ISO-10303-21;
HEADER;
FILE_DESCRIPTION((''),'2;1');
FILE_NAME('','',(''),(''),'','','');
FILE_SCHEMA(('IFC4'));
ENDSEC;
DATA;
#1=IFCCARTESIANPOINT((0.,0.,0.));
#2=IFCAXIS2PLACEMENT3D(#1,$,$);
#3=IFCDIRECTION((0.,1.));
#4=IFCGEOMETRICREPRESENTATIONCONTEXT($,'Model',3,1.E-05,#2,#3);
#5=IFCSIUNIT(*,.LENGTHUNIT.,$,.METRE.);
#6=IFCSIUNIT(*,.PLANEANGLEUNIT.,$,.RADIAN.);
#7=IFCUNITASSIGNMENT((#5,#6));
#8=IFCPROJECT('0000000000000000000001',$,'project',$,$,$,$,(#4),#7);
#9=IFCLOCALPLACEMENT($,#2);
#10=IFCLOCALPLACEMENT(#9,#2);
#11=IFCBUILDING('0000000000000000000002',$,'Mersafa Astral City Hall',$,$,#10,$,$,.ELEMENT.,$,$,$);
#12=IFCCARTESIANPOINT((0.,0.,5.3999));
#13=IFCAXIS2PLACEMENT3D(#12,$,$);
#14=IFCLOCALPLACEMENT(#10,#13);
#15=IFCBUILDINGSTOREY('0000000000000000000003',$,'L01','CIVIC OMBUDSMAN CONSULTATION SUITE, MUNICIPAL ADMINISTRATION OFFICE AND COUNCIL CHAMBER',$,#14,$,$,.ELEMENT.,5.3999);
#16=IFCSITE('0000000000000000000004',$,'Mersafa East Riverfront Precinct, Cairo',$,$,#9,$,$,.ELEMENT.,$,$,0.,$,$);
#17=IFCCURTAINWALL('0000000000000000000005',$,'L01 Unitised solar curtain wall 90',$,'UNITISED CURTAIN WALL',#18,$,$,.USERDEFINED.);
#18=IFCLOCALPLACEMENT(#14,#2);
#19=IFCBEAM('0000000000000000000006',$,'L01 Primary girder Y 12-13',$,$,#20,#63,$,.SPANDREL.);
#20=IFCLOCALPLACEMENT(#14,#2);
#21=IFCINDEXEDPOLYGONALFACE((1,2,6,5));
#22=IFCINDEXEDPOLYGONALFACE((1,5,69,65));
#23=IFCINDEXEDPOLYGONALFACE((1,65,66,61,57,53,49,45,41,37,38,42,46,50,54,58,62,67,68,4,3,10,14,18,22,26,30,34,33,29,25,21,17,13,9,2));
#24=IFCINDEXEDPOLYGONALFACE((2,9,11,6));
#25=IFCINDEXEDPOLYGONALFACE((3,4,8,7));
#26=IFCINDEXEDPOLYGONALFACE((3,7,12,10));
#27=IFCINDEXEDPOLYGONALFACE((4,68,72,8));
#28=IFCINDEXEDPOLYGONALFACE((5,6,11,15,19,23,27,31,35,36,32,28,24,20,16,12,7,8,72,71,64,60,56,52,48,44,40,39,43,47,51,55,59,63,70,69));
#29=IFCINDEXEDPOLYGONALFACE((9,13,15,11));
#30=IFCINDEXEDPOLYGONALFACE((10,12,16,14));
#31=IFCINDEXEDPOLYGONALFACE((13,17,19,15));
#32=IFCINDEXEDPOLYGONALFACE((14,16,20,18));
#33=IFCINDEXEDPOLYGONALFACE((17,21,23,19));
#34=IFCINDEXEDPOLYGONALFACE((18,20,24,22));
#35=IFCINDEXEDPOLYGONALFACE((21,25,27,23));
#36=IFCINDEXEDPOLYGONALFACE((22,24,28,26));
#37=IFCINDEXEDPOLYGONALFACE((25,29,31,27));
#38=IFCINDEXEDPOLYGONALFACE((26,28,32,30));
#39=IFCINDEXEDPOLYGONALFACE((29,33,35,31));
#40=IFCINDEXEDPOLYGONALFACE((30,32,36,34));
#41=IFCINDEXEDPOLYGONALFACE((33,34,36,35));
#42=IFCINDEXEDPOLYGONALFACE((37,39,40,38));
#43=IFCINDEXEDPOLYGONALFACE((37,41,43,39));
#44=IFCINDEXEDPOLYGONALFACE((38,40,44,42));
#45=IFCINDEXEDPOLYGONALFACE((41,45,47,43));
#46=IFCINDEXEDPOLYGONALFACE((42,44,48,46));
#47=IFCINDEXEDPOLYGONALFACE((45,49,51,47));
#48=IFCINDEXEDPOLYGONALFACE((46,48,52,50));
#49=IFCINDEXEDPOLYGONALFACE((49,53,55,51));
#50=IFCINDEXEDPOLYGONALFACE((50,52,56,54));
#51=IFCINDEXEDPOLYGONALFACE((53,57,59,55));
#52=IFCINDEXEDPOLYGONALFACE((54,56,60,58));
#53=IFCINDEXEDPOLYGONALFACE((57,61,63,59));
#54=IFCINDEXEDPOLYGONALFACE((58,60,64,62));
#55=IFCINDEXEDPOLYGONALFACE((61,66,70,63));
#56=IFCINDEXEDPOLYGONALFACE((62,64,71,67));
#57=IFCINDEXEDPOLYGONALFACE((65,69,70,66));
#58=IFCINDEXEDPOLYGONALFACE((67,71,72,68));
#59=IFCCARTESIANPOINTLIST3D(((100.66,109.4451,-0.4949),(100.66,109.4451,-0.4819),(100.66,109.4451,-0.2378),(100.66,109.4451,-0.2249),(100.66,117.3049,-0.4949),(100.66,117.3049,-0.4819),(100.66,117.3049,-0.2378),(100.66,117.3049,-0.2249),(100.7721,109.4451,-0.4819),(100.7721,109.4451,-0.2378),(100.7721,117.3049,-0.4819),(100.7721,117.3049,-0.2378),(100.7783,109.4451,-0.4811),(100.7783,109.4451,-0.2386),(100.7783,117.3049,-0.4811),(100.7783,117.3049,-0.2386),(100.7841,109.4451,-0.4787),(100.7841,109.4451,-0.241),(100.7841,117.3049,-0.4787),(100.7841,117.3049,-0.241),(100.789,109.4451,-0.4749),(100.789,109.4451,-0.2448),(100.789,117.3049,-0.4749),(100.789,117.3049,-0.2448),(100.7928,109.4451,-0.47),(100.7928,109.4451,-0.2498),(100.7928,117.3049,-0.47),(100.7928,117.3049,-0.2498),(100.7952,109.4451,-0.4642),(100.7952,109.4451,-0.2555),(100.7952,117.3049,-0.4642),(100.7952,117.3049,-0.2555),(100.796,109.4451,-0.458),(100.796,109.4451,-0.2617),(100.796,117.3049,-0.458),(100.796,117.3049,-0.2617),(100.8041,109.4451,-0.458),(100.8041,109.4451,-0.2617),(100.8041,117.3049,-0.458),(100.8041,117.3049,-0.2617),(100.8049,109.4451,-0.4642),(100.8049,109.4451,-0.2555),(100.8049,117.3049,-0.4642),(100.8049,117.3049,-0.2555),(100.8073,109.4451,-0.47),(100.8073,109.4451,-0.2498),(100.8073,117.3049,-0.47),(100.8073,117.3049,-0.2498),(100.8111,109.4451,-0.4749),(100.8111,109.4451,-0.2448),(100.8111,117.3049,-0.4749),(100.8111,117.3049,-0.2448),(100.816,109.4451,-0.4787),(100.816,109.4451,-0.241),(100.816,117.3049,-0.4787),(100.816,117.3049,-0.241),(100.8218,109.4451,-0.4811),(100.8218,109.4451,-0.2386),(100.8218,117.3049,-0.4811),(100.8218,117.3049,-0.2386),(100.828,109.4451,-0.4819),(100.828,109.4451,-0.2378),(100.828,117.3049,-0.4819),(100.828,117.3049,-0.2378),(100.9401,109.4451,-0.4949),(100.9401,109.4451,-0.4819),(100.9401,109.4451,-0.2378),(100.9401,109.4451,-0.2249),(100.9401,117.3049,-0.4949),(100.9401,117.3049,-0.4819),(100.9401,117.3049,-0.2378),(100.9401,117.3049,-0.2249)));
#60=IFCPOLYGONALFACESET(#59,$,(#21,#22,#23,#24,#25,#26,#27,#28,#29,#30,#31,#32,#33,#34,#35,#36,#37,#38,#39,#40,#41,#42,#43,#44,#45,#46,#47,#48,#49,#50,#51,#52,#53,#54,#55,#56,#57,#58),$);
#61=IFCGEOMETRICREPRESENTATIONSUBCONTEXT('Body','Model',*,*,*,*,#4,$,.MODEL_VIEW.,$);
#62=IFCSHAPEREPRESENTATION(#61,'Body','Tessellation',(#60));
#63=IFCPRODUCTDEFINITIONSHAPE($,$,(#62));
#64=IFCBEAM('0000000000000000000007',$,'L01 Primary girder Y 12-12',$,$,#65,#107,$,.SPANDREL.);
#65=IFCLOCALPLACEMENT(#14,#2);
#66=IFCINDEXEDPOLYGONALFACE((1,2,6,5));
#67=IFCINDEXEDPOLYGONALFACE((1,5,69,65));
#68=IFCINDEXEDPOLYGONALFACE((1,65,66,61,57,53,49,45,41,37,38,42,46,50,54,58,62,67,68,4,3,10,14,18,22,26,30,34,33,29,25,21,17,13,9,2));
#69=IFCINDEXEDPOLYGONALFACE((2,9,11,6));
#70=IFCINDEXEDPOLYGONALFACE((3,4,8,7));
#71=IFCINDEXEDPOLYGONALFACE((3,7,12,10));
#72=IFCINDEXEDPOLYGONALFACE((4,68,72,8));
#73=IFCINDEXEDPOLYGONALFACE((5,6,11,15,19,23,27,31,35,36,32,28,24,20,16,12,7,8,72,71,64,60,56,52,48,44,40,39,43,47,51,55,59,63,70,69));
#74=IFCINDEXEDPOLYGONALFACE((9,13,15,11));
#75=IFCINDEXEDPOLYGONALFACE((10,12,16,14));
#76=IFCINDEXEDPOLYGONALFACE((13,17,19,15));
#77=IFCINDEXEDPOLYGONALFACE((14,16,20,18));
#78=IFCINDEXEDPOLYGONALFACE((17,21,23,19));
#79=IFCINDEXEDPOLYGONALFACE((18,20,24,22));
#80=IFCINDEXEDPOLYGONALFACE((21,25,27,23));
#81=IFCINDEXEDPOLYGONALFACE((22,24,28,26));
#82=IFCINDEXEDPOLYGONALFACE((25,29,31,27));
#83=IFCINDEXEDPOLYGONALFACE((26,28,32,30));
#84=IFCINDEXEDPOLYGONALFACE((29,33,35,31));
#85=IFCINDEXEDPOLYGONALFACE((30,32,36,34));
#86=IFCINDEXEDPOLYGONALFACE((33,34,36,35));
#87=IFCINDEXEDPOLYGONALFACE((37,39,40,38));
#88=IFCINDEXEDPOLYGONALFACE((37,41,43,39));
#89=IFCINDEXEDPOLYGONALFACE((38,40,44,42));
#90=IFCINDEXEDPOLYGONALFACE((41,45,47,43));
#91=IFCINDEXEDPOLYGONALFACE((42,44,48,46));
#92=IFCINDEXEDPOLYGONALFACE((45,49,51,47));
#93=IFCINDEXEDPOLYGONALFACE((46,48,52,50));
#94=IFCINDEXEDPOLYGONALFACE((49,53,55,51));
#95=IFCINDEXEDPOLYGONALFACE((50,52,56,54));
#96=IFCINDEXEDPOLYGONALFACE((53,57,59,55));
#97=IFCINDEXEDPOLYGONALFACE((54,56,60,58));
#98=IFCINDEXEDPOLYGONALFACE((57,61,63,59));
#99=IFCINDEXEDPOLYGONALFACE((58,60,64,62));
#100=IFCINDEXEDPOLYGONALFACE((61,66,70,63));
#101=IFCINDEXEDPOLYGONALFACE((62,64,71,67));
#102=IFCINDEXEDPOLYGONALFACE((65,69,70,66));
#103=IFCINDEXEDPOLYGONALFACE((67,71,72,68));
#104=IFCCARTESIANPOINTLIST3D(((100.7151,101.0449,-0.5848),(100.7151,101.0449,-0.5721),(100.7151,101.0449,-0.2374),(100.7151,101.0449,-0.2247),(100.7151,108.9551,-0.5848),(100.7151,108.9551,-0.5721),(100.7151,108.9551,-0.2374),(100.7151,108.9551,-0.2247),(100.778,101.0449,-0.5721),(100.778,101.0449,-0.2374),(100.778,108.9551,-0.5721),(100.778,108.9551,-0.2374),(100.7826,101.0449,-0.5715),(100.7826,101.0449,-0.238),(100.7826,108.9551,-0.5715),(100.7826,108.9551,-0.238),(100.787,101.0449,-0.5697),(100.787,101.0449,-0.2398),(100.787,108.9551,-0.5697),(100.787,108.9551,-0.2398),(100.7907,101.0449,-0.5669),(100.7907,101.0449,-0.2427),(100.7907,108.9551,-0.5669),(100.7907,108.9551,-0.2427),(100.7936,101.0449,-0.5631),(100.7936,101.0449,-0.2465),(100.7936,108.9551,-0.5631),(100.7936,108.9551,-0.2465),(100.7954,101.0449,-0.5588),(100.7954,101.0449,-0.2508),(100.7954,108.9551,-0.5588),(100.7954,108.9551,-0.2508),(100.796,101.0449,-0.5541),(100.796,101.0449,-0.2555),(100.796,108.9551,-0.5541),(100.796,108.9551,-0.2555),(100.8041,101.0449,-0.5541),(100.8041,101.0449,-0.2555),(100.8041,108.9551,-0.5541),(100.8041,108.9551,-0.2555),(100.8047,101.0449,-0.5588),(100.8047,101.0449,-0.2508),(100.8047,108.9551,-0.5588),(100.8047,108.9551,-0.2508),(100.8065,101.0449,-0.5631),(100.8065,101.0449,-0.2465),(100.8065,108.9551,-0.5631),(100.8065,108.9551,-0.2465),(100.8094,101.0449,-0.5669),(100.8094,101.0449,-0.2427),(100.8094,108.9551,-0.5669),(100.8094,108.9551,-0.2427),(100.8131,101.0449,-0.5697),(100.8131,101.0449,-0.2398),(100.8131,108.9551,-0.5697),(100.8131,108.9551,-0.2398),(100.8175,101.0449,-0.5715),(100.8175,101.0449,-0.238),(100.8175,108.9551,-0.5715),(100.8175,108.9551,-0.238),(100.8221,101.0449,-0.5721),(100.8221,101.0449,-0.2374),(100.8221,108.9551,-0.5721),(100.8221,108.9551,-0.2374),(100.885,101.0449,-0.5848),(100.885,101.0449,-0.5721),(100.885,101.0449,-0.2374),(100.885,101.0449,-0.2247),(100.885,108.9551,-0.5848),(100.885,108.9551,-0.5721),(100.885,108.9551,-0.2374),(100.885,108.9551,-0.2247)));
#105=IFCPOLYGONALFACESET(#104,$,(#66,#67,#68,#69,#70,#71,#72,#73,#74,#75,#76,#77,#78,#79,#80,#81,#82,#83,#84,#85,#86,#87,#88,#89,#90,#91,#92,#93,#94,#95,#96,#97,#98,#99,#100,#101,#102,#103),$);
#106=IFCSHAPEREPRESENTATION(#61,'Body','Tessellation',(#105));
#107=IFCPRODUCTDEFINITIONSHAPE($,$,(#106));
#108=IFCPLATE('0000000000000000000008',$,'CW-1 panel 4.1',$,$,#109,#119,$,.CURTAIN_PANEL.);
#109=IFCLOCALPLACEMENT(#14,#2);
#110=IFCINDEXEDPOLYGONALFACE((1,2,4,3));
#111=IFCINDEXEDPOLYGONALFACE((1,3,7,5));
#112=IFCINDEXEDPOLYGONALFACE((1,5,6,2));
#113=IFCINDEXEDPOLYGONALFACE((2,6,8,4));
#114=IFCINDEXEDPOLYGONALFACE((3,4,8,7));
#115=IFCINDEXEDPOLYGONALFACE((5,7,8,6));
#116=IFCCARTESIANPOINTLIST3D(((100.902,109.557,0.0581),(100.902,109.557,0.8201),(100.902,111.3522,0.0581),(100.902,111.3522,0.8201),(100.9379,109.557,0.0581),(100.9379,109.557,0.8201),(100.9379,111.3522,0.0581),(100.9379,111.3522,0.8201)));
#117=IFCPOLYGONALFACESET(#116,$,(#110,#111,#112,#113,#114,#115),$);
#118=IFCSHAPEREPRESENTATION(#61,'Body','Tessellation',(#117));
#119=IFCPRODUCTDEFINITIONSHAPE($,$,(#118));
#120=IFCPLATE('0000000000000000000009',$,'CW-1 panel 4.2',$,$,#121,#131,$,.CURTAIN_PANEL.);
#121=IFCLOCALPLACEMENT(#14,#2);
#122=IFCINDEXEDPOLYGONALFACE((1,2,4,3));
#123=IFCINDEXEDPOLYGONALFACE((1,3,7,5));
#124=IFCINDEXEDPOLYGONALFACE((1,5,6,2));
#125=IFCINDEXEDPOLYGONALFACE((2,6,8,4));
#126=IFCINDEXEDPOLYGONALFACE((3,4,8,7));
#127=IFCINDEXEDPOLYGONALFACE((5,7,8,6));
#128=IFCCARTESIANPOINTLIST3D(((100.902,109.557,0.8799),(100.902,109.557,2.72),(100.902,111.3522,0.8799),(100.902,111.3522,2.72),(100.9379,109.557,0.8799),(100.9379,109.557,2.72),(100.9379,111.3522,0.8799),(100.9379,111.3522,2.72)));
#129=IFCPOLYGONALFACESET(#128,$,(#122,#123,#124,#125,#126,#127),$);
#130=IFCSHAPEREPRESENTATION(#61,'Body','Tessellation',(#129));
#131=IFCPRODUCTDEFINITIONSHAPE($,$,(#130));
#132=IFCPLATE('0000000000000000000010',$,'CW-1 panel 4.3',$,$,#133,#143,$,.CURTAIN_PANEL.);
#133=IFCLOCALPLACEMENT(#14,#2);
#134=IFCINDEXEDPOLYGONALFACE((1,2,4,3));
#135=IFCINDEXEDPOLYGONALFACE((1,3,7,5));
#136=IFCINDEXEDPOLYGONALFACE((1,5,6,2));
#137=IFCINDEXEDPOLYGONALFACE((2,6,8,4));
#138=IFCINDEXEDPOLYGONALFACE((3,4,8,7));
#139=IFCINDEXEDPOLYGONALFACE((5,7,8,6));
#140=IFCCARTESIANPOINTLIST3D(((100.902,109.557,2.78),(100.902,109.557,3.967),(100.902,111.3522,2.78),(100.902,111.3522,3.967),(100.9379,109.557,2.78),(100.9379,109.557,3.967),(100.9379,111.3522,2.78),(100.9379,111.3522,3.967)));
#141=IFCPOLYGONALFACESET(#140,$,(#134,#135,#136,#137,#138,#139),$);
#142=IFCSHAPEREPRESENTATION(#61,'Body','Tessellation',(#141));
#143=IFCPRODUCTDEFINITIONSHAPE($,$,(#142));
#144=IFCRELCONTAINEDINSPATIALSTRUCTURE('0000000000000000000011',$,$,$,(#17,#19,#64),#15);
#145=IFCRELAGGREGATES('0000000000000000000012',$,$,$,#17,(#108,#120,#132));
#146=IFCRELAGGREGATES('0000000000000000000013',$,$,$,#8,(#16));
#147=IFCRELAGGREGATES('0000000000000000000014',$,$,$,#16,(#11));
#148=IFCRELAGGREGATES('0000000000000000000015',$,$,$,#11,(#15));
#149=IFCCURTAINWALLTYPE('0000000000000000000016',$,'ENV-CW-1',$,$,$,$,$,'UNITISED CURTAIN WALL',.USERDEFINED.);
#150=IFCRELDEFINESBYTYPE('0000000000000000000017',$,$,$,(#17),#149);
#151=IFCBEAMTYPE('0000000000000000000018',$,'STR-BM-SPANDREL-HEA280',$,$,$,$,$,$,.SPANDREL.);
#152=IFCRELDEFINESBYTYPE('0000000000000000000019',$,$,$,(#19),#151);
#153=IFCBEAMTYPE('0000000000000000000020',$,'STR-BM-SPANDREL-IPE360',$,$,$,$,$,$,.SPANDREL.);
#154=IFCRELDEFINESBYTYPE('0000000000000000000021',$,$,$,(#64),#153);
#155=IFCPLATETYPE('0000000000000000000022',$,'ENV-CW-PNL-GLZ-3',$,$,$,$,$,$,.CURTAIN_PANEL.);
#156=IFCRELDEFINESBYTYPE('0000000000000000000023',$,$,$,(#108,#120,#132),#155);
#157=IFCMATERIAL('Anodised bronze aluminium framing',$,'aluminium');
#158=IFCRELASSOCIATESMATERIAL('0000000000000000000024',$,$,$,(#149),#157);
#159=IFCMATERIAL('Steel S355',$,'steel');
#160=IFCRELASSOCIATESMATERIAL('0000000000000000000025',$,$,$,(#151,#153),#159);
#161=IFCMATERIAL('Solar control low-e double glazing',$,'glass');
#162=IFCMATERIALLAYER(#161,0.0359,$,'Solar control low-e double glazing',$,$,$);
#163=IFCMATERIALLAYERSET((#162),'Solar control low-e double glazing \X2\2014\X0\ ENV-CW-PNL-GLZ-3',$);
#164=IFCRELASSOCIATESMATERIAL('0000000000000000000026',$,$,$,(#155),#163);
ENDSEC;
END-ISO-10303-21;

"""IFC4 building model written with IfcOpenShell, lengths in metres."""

from ifc_helpers import new_model, si_unit, direction, frame, origin, origin_2d, place, context, subcontext, project, spatial, rectangle, i_section, extrude, material, layer, layer_set, material_profile, profile_set, type_object, element, aggregate, save


model = new_model("IFC4")

# Units and contexts
model_context = context("Model", 3, precision=1e-05, world=origin(), true_north=direction((0.0, 1.0)))
body_context = subcontext(model_context, "Body", "Model", "MODEL_VIEW")
ifc_project = project(units=[si_unit("LENGTHUNIT", "METRE"), si_unit("PLANEANGLEUNIT", "RADIAN")], contexts=[model_context])

# Site, building, storey
site_placement = place(None, origin())
site = spatial("IfcSite", under=ifc_project, at=site_placement, Name="Mersafa East Riverfront Precinct, Cairo", CompositionType="ELEMENT", RefElevation=0.0)
building_placement = place(site_placement, origin())
building = spatial("IfcBuilding", under=site, at=building_placement, Name="Mersafa Astral City Hall", CompositionType="ELEMENT")
storey_placement = place(building_placement, frame((0.0, 0.0, 5.3999)))
storey = spatial("IfcBuildingStorey", under=building, at=storey_placement, Name="L01", Description="CIVIC OMBUDSMAN CONSULTATION SUITE, MUNICIPAL ADMINISTRATION OFFICE AND COUNCIL CHAMBER", CompositionType="ELEMENT", Elevation=5.3999)

# Shared definitions
ifc_material_1 = material(Name="Steel S355", Category="steel")

# Curtain wall
ifc_material_2 = material(Name="Anodised bronze aluminium framing", Category="aluminium")
curtain_wall_type_1 = type_object("IfcCurtainWallType", Name="ENV-CW-1", ElementType="UNITISED CURTAIN WALL", PredefinedType="USERDEFINED", material=ifc_material_2)
curtain_wall_1_placement = place(storey_placement, origin())
curtain_wall_1 = element("IfcCurtainWall", 1, at=curtain_wall_1_placement, inside=storey, type_object=curtain_wall_type_1, Name="L01 Unitised solar curtain wall 90", ObjectType="UNITISED CURTAIN WALL", PredefinedType="USERDEFINED")

# Beams
ifc_material_profile_1 = material_profile(ifc_material_1, i_section(OverallWidth=0.28, OverallDepth=0.27, WebThickness=0.0081, FlangeThickness=0.0129, FilletRadius=0.0239, at=origin_2d()), Name="HEA 280")
ifc_profile_set_1 = profile_set([ifc_material_profile_1], Name="Steel S355")
beam_type_1 = type_object("IfcBeamType", Name="STR-BM-SPANDREL-HEA280", PredefinedType="SPANDREL", material=ifc_profile_set_1)
beam_1_placement = place(storey_placement, frame((100.8, 109.4451, -0.3599), z_axis=(0.0, 1.0, 0.0), x_axis=(-1.0, 0.0, 0.0)))
element("IfcBeam", 2, at=beam_1_placement, inside=storey, type_object=beam_type_1, Name="L01 Primary girder Y 12-13", PredefinedType="SPANDREL", context=body_context, shape_type="SweptSolid", body=[
    extrude(i_section(OverallWidth=0.28, OverallDepth=0.27, WebThickness=0.0081, FlangeThickness=0.0129, FilletRadius=0.0239, at=origin_2d()), origin(), (0.0, 0.0, 1.0), 7.8599),
])
ifc_material_profile_2 = material_profile(ifc_material_1, i_section(OverallWidth=0.1699, OverallDepth=0.3601, WebThickness=0.0081, FlangeThickness=0.0127, FilletRadius=0.0181, at=origin_2d()), Name="IPE 360")
ifc_profile_set_2 = profile_set([ifc_material_profile_2], Name="Steel S355")
beam_type_2 = type_object("IfcBeamType", Name="STR-BM-SPANDREL-IPE360", PredefinedType="SPANDREL", material=ifc_profile_set_2)
beam_2_placement = place(storey_placement, frame((100.8, 101.0449, -0.4048), z_axis=(0.0, 1.0, 0.0), x_axis=(-1.0, 0.0, 0.0)))
element("IfcBeam", 3, at=beam_2_placement, inside=storey, type_object=beam_type_2, Name="L01 Primary girder Y 12-12", PredefinedType="SPANDREL", context=body_context, shape_type="SweptSolid", body=[
    extrude(i_section(OverallWidth=0.1699, OverallDepth=0.3601, WebThickness=0.0081, FlangeThickness=0.0127, FilletRadius=0.0181, at=origin_2d()), origin(), (0.0, 0.0, 1.0), 7.9102),
])

# Plates
ifc_material_3 = material(Name="Solar control low-e double glazing", Category="glass")
ifc_layer_1 = layer(ifc_material_3, 0.0359, Name="Solar control low-e double glazing")
ifc_layer_set_1 = layer_set([ifc_layer_1], Name="Solar control low-e double glazing — ENV-CW-PNL-GLZ-3")
plate_type = type_object("IfcPlateType", Name="ENV-CW-PNL-GLZ-3", PredefinedType="CURTAIN_PANEL", material=ifc_layer_set_1)
plate_1_placement = place(storey_placement, frame((100.9199, 110.4546, 0.0581), z_axis=(0.0, 0.0, 1.0), x_axis=(0.0, -1.0, 0.0)))
plate_1 = element("IfcPlate", 4, at=plate_1_placement, type_object=plate_type, Name="CW-1 panel 4.1", PredefinedType="CURTAIN_PANEL", context=body_context, shape_type="SweptSolid", body=[
    extrude(rectangle(XDim=1.7952, YDim=0.0359, at=origin_2d()), origin(), (0.0, 0.0, 1.0), 0.762),
])
plate_2_placement = place(storey_placement, frame((100.9199, 110.4546, 0.8799), z_axis=(0.0, 0.0, 1.0), x_axis=(0.0, -1.0, 0.0)))
plate_2 = element("IfcPlate", 5, at=plate_2_placement, type_object=plate_type, Name="CW-1 panel 4.2", PredefinedType="CURTAIN_PANEL", context=body_context, shape_type="SweptSolid", body=[
    extrude(rectangle(XDim=1.7952, YDim=0.0359, at=origin_2d()), origin(), (0.0, 0.0, 1.0), 1.8401),
])
plate_3_placement = place(storey_placement, frame((100.9199, 110.4546, 2.78), z_axis=(0.0, 0.0, 1.0), x_axis=(0.0, -1.0, 0.0)))
plate_3 = element("IfcPlate", 6, at=plate_3_placement, type_object=plate_type, Name="CW-1 panel 4.3", PredefinedType="CURTAIN_PANEL", context=body_context, shape_type="SweptSolid", body=[
    extrude(rectangle(XDim=1.7952, YDim=0.0359, at=origin_2d()), origin(), (0.0, 0.0, 1.0), 1.187),
])
aggregate(curtain_wall_1, [plate_1, plate_2, plate_3])

save(model, "model.ifc")
